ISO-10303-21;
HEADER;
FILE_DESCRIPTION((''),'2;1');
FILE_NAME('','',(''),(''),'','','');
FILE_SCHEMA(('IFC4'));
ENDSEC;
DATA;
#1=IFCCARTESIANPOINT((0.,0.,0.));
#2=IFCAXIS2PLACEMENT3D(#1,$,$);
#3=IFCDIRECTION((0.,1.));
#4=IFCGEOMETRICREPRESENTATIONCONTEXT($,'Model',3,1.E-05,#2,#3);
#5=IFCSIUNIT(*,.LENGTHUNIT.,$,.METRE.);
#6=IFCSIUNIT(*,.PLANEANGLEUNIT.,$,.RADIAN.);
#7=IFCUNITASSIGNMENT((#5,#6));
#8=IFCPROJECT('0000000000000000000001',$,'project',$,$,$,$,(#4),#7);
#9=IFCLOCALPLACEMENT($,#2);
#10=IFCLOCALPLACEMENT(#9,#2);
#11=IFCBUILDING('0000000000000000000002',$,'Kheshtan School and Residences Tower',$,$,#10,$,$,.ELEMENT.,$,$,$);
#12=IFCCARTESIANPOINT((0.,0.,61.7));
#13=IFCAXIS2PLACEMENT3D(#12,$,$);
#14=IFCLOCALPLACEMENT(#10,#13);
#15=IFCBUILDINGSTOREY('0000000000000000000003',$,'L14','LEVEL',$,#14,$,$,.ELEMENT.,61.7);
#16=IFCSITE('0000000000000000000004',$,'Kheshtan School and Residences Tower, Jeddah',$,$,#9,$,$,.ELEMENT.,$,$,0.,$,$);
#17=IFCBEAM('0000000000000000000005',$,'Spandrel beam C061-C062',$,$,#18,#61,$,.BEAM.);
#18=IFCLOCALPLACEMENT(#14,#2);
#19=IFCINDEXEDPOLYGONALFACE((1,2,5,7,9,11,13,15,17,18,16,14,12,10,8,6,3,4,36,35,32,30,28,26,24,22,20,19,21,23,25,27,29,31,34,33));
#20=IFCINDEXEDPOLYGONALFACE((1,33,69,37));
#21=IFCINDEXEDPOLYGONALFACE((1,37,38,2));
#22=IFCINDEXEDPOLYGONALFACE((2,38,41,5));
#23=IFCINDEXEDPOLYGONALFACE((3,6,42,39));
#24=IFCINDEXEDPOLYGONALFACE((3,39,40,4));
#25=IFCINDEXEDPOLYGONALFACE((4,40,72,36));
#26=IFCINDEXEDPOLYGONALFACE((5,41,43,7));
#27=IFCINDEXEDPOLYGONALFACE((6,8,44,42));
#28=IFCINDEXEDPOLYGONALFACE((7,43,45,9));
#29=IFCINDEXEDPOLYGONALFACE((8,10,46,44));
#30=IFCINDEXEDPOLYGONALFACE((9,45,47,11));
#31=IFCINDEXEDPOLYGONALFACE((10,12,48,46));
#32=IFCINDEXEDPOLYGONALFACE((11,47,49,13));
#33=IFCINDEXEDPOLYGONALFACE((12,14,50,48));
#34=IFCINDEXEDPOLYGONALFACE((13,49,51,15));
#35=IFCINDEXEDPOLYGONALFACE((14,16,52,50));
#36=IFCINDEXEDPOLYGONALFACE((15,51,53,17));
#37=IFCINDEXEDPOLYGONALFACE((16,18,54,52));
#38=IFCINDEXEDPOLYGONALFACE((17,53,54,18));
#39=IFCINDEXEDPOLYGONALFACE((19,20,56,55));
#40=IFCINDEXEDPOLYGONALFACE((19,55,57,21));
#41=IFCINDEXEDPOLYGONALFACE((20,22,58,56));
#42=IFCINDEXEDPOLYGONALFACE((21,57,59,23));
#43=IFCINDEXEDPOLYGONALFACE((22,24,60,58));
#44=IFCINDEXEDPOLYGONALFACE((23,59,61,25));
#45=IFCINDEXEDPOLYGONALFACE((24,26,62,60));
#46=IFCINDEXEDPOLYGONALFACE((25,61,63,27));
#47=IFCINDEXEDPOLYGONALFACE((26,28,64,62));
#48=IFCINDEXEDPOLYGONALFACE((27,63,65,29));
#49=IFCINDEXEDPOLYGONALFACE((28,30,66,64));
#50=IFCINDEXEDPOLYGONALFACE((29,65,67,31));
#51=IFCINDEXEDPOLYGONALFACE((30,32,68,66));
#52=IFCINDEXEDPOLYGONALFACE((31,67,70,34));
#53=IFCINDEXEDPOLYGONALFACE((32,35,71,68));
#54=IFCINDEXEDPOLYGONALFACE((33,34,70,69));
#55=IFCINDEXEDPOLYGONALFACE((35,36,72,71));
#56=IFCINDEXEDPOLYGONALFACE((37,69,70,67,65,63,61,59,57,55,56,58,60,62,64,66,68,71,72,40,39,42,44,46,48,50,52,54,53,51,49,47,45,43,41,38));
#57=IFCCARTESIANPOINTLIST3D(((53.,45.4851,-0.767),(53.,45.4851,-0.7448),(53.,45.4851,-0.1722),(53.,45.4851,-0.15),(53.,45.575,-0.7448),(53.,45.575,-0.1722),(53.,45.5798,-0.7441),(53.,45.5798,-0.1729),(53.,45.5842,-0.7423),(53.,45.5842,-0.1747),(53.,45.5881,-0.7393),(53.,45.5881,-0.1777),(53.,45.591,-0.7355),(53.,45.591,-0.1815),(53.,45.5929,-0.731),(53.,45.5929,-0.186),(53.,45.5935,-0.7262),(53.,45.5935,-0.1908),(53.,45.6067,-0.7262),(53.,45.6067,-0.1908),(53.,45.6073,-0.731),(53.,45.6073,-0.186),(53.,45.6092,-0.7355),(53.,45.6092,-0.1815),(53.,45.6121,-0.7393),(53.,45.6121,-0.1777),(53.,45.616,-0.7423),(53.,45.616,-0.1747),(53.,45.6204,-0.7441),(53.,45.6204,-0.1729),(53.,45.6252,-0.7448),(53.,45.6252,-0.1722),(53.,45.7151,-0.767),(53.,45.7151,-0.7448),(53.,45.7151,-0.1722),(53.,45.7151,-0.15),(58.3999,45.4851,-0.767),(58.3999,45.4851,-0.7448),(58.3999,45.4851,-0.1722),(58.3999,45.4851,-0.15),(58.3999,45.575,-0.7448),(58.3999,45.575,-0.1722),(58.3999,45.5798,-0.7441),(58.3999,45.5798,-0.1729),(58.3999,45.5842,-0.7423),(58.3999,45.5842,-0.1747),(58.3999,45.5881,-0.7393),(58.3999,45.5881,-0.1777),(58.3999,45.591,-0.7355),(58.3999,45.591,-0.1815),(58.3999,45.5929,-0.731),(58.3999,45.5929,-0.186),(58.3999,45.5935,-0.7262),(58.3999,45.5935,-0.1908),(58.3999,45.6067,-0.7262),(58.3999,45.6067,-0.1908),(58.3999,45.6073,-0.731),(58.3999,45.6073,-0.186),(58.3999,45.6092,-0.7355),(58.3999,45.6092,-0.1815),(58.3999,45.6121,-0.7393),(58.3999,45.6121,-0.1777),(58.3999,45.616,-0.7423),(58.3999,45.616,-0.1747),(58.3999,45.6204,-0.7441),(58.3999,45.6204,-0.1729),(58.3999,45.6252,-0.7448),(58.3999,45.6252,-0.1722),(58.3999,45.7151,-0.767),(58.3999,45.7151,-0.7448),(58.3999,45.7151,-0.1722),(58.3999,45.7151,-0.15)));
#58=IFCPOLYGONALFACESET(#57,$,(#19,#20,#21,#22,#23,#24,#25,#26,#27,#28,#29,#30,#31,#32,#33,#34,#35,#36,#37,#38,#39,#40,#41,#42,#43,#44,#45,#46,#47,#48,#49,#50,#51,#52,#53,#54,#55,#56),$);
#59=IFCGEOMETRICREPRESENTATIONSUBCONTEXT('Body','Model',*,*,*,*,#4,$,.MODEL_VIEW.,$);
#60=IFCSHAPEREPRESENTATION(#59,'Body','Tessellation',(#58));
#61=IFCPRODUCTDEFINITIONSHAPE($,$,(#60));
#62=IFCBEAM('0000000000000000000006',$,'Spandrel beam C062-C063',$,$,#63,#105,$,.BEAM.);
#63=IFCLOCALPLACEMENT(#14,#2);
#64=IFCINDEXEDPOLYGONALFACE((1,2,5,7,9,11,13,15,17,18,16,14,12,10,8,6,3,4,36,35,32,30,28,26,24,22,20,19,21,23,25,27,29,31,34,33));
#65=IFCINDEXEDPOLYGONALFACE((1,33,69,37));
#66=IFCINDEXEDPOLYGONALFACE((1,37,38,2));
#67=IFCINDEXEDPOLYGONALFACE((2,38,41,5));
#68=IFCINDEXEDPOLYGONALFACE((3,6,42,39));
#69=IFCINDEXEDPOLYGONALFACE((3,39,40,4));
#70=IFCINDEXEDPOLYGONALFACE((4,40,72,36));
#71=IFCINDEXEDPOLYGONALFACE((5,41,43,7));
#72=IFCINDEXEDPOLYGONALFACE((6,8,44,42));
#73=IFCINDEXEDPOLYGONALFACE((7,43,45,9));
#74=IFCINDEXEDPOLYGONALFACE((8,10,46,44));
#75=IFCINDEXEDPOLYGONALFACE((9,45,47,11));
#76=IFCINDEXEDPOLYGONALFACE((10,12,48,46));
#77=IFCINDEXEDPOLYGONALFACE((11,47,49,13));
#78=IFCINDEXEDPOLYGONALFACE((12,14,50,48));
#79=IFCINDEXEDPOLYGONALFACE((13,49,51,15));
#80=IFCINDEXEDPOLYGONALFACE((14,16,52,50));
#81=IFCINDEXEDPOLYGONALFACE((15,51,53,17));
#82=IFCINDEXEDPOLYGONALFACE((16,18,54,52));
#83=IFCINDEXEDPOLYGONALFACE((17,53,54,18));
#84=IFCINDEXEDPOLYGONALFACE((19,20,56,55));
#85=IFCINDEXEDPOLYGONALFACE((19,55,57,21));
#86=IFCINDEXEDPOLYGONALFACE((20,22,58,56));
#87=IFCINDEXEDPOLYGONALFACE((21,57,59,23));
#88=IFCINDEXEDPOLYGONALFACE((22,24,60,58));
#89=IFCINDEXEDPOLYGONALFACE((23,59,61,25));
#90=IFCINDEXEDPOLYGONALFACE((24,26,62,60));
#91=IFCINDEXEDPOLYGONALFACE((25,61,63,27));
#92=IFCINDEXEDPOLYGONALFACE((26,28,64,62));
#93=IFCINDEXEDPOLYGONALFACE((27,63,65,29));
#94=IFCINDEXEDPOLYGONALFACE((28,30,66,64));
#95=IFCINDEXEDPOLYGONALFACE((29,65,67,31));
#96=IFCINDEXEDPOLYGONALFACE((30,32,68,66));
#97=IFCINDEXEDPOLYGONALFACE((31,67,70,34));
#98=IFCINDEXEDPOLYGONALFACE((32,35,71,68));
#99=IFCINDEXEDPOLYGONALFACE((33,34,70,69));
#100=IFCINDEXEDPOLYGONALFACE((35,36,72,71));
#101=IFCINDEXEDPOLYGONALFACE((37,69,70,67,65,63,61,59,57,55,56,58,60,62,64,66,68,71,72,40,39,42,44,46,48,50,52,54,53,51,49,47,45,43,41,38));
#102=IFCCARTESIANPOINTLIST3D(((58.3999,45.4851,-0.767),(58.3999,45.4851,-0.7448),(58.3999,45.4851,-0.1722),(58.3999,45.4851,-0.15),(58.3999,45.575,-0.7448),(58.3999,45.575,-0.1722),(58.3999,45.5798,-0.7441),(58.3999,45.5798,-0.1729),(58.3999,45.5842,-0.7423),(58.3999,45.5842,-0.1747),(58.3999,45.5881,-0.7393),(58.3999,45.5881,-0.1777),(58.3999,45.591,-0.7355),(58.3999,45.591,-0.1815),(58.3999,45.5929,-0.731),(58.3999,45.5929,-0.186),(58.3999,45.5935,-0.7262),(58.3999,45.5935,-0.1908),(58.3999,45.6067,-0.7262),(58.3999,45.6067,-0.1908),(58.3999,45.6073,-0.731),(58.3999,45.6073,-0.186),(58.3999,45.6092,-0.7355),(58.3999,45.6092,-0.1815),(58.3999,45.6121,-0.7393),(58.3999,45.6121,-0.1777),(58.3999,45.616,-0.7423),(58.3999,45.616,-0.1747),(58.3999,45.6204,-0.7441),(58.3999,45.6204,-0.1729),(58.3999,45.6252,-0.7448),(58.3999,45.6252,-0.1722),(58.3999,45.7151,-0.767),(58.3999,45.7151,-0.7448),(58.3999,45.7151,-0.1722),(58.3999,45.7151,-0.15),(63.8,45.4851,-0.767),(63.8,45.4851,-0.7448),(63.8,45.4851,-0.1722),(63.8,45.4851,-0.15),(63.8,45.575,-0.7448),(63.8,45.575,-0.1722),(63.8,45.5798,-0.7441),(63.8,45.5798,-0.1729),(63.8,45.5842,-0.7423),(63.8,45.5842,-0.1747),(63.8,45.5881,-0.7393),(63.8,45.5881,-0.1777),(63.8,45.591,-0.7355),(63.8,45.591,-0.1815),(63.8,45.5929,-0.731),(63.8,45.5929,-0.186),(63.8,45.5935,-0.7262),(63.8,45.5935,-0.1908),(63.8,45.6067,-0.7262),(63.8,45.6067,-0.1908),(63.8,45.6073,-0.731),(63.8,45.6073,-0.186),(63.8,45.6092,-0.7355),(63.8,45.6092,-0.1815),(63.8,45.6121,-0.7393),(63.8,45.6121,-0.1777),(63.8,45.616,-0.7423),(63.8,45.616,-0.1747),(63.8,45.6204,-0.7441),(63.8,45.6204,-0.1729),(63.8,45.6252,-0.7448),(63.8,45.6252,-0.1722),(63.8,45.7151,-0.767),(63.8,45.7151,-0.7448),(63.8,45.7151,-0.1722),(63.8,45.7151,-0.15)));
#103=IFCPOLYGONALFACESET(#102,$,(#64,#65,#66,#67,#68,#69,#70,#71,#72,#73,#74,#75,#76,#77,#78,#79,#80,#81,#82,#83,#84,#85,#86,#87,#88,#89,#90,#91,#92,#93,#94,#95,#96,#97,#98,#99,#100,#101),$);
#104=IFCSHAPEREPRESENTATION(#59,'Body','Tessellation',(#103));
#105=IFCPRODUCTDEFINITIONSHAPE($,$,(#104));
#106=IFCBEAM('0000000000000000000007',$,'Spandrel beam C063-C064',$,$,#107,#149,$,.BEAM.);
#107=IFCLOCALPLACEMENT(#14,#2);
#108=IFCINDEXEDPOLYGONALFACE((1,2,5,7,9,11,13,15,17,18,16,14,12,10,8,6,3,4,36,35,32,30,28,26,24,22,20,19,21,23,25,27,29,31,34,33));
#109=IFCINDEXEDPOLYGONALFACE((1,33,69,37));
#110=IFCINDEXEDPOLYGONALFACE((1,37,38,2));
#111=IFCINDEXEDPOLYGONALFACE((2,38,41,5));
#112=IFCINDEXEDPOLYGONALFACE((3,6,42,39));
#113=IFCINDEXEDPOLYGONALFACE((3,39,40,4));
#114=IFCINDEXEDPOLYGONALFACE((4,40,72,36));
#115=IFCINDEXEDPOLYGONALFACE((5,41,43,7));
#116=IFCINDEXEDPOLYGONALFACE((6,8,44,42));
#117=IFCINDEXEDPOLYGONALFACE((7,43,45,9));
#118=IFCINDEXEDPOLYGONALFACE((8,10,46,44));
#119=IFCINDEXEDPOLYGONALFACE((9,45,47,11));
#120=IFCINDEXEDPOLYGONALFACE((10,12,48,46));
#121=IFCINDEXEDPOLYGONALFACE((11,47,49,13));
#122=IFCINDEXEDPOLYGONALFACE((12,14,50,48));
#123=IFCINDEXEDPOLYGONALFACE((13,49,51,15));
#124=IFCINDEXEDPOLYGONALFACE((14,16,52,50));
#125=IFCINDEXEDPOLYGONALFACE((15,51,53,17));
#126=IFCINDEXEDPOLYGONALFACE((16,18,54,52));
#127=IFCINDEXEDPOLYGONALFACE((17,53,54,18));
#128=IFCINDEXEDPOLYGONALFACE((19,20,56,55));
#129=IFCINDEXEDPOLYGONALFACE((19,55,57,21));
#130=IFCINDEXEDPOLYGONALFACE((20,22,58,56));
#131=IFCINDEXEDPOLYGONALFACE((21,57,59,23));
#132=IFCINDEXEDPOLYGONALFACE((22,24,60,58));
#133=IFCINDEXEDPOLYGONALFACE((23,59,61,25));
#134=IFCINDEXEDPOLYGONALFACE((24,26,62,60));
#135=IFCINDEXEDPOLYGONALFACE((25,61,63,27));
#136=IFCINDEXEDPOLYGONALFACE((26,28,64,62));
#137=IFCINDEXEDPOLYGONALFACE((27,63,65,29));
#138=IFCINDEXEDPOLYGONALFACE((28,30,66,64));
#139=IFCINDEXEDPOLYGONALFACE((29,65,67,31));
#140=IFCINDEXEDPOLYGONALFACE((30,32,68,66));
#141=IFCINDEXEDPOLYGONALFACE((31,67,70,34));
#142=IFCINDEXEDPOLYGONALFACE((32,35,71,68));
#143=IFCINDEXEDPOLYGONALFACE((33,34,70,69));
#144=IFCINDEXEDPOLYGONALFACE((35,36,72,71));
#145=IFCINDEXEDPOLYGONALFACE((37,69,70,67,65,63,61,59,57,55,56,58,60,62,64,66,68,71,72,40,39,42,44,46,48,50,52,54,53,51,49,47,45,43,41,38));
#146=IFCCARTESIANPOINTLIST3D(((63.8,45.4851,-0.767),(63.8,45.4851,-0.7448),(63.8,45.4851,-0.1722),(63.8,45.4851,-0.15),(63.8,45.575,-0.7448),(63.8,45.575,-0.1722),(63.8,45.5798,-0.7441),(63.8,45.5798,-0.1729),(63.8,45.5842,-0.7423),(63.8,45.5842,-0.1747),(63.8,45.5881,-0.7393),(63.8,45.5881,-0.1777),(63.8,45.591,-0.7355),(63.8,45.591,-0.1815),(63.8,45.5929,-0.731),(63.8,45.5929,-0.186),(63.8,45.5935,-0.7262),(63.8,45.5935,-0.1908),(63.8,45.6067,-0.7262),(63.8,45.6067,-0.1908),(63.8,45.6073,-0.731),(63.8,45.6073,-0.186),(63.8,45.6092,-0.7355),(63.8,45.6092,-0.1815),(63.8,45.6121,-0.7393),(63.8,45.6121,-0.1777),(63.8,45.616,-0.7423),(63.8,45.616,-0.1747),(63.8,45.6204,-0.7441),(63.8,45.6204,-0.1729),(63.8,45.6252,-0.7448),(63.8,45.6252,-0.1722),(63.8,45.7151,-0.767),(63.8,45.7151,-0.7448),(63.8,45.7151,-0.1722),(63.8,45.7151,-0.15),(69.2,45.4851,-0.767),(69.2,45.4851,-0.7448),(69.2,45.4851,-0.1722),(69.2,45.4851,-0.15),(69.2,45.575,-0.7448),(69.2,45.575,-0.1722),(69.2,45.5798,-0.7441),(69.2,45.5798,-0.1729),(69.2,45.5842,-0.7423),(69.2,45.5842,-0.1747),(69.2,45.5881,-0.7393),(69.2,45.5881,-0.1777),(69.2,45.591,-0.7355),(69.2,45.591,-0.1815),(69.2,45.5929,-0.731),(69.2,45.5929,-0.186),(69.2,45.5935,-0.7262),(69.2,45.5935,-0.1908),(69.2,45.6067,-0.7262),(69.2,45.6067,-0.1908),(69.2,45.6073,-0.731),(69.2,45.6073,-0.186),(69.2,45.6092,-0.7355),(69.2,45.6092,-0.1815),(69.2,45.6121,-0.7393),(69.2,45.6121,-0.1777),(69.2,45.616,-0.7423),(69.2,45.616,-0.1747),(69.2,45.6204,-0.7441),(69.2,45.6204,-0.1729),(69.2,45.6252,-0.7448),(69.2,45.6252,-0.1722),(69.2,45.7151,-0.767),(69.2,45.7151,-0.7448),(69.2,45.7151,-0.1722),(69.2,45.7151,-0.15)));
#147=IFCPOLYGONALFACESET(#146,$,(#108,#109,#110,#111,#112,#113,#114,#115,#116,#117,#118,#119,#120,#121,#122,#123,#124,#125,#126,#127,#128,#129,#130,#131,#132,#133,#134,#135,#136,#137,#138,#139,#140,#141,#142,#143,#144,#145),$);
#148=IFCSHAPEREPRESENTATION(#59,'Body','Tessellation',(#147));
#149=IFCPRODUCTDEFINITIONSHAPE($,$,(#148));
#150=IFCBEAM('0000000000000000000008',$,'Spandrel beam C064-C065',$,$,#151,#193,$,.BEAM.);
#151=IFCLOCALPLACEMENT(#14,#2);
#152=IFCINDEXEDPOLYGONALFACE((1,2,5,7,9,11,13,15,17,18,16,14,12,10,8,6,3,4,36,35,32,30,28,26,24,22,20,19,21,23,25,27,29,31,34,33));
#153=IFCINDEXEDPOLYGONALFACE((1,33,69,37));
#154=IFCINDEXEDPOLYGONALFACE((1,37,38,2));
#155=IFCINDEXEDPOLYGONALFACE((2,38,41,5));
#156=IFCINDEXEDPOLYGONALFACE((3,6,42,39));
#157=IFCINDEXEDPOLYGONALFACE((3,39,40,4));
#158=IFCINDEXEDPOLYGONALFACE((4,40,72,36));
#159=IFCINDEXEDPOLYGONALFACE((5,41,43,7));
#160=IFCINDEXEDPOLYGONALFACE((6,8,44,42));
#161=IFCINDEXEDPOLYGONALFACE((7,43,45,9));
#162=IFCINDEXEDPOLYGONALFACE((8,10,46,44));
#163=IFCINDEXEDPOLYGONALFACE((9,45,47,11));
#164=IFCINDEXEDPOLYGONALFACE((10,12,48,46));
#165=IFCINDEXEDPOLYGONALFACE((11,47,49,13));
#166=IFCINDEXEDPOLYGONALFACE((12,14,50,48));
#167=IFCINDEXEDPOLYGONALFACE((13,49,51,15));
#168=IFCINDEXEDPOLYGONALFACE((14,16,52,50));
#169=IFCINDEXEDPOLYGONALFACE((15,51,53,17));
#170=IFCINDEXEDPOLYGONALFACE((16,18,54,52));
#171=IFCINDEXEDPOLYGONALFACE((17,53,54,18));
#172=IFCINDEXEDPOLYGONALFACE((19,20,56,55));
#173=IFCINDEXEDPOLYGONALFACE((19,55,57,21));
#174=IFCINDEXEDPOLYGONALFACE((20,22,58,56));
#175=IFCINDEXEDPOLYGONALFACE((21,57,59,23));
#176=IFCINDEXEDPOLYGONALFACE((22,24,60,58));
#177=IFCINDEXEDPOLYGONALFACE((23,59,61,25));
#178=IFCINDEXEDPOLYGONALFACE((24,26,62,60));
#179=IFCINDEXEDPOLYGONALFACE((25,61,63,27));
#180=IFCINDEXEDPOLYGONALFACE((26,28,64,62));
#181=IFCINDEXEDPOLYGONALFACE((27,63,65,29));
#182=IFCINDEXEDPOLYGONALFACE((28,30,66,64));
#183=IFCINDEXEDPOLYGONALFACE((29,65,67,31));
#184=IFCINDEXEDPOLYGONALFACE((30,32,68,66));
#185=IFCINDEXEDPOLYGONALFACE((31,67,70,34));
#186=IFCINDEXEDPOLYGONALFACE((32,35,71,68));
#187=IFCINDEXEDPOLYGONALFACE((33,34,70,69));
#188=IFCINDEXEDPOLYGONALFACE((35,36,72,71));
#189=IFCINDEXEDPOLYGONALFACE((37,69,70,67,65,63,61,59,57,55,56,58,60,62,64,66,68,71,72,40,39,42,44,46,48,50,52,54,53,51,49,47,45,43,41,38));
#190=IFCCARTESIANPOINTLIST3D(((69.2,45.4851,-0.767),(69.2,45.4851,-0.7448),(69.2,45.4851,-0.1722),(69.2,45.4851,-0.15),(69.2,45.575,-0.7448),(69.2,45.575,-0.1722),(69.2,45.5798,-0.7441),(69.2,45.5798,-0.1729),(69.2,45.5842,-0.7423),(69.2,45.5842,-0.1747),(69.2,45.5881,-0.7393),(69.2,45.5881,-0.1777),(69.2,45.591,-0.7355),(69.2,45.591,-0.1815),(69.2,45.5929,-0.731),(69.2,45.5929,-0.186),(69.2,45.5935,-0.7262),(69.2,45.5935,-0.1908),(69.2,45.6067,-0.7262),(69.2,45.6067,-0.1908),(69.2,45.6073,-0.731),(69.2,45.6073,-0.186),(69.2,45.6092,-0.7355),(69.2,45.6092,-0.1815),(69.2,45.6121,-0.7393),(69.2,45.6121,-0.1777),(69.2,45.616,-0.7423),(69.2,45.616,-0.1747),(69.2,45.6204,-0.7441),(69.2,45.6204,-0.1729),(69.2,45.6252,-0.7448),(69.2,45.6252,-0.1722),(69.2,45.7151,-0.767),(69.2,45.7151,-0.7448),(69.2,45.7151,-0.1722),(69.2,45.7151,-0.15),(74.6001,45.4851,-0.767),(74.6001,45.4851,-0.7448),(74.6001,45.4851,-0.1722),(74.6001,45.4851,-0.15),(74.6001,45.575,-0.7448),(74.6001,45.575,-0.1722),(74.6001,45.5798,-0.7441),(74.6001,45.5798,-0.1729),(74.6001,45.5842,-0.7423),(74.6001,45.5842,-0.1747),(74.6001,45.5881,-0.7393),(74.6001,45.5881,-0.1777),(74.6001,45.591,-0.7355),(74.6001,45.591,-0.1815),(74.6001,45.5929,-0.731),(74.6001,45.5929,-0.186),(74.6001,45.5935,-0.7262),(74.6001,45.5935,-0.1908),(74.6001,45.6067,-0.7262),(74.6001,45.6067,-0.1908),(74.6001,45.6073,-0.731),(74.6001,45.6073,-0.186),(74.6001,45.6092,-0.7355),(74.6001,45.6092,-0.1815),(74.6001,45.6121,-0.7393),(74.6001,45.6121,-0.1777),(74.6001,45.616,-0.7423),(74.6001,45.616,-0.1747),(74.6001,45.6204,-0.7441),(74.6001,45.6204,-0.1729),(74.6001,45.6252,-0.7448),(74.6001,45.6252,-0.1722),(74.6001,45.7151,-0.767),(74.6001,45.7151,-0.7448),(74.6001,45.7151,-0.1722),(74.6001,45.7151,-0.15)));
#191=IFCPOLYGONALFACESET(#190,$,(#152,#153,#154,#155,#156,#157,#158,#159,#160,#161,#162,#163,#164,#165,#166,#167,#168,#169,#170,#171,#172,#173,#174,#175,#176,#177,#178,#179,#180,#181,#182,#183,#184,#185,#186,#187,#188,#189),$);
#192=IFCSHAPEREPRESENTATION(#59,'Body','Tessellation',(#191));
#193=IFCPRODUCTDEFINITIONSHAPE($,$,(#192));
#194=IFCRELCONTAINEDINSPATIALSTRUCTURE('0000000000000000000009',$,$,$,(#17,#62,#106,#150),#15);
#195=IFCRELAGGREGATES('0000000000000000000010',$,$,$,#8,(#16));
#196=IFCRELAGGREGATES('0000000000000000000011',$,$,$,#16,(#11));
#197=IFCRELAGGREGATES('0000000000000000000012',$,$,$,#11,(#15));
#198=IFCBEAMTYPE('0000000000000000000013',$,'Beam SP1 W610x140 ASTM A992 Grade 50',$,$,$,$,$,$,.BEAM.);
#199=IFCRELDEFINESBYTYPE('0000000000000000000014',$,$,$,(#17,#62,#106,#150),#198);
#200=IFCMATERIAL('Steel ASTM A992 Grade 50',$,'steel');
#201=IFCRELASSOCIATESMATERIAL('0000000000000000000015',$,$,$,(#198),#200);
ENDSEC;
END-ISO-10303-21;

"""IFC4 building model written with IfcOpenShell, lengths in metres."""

from ifc_helpers import new_model, si_unit, direction, frame, origin, origin_2d, place, context, subcontext, project, spatial, i_section, extrude, material, material_profile, profile_set, type_object, element, save


model = new_model("IFC4")

# Units and contexts
model_context = context("Model", 3, precision=1e-05, world=origin(), true_north=direction((0.0, 1.0)))
body_context = subcontext(model_context, "Body", "Model", "MODEL_VIEW")
ifc_project = project(units=[si_unit("LENGTHUNIT", "METRE"), si_unit("PLANEANGLEUNIT", "RADIAN")], contexts=[model_context])

# Site, building, storey
site_placement = place(None, origin())
site = spatial("IfcSite", under=ifc_project, at=site_placement, Name="Kheshtan School and Residences Tower, Jeddah", CompositionType="ELEMENT", RefElevation=0.0)
building_placement = place(site_placement, origin())
building = spatial("IfcBuilding", under=site, at=building_placement, Name="Kheshtan School and Residences Tower", CompositionType="ELEMENT")
storey_placement = place(building_placement, frame((0.0, 0.0, 61.7)))
storey = spatial("IfcBuildingStorey", under=building, at=storey_placement, Name="L14", Description="LEVEL", CompositionType="ELEMENT", Elevation=61.7)

# Shared definitions
ifc_material_1 = material(Name="Steel ASTM A992 Grade 50", Category="steel")

# Beams
ifc_material_profile_1 = material_profile(ifc_material_1, i_section(OverallWidth=0.23, OverallDepth=0.6169, WebThickness=0.0132, FlangeThickness=0.0222, FilletRadius=0.0186, at=origin_2d()), Name="W610x140")
ifc_profile_set_1 = profile_set([ifc_material_profile_1], Name="Steel ASTM A992 Grade 50")
beam_type_1 = type_object("IfcBeamType", Name="Beam SP1 W610x140 ASTM A992 Grade 50", PredefinedType="BEAM", material=ifc_profile_set_1)
beam_1_placement = place(storey_placement, frame((53.0, 45.6001, -0.4585), z_axis=(1.0, 0.0, 0.0), x_axis=(0.0, 1.0, 0.0)))
element("IfcBeam", 1, at=beam_1_placement, inside=storey, type_object=beam_type_1, Name="Spandrel beam C061-C062", PredefinedType="BEAM", context=body_context, shape_type="SweptSolid", body=[
    extrude(i_section(OverallWidth=0.23, OverallDepth=0.6169, WebThickness=0.0132, FlangeThickness=0.0222, FilletRadius=0.0186, at=origin_2d()), origin(), (0.0, 0.0, 1.0), 5.3999),
])
beam_2_placement = place(storey_placement, frame((58.3999, 45.6001, -0.4585), z_axis=(1.0, 0.0, 0.0), x_axis=(0.0, 1.0, 0.0)))
element("IfcBeam", 2, at=beam_2_placement, inside=storey, type_object=beam_type_1, Name="Spandrel beam C062-C063", PredefinedType="BEAM", context=body_context, shape_type="SweptSolid", body=[
    extrude(i_section(OverallWidth=0.23, OverallDepth=0.6169, WebThickness=0.0132, FlangeThickness=0.0222, FilletRadius=0.0186, at=origin_2d()), origin(), (0.0, 0.0, 1.0), 5.4001),
])
beam_3_placement = place(storey_placement, frame((63.8, 45.6001, -0.4585), z_axis=(1.0, 0.0, 0.0), x_axis=(0.0, 1.0, 0.0)))
element("IfcBeam", 3, at=beam_3_placement, inside=storey, type_object=beam_type_1, Name="Spandrel beam C063-C064", PredefinedType="BEAM", context=body_context, shape_type="SweptSolid", body=[
    extrude(i_section(OverallWidth=0.23, OverallDepth=0.6169, WebThickness=0.0132, FlangeThickness=0.0222, FilletRadius=0.0186, at=origin_2d()), origin(), (0.0, 0.0, 1.0), 5.3999),
])
beam_4_placement = place(storey_placement, frame((69.2, 45.6001, -0.4585), z_axis=(1.0, 0.0, 0.0), x_axis=(0.0, 1.0, 0.0)))
element("IfcBeam", 4, at=beam_4_placement, inside=storey, type_object=beam_type_1, Name="Spandrel beam C064-C065", PredefinedType="BEAM", context=body_context, shape_type="SweptSolid", body=[
    extrude(i_section(OverallWidth=0.23, OverallDepth=0.6169, WebThickness=0.0132, FlangeThickness=0.0222, FilletRadius=0.0186, at=origin_2d()), origin(), (0.0, 0.0, 1.0), 5.4001),
])

save(model, "model.ifc")
